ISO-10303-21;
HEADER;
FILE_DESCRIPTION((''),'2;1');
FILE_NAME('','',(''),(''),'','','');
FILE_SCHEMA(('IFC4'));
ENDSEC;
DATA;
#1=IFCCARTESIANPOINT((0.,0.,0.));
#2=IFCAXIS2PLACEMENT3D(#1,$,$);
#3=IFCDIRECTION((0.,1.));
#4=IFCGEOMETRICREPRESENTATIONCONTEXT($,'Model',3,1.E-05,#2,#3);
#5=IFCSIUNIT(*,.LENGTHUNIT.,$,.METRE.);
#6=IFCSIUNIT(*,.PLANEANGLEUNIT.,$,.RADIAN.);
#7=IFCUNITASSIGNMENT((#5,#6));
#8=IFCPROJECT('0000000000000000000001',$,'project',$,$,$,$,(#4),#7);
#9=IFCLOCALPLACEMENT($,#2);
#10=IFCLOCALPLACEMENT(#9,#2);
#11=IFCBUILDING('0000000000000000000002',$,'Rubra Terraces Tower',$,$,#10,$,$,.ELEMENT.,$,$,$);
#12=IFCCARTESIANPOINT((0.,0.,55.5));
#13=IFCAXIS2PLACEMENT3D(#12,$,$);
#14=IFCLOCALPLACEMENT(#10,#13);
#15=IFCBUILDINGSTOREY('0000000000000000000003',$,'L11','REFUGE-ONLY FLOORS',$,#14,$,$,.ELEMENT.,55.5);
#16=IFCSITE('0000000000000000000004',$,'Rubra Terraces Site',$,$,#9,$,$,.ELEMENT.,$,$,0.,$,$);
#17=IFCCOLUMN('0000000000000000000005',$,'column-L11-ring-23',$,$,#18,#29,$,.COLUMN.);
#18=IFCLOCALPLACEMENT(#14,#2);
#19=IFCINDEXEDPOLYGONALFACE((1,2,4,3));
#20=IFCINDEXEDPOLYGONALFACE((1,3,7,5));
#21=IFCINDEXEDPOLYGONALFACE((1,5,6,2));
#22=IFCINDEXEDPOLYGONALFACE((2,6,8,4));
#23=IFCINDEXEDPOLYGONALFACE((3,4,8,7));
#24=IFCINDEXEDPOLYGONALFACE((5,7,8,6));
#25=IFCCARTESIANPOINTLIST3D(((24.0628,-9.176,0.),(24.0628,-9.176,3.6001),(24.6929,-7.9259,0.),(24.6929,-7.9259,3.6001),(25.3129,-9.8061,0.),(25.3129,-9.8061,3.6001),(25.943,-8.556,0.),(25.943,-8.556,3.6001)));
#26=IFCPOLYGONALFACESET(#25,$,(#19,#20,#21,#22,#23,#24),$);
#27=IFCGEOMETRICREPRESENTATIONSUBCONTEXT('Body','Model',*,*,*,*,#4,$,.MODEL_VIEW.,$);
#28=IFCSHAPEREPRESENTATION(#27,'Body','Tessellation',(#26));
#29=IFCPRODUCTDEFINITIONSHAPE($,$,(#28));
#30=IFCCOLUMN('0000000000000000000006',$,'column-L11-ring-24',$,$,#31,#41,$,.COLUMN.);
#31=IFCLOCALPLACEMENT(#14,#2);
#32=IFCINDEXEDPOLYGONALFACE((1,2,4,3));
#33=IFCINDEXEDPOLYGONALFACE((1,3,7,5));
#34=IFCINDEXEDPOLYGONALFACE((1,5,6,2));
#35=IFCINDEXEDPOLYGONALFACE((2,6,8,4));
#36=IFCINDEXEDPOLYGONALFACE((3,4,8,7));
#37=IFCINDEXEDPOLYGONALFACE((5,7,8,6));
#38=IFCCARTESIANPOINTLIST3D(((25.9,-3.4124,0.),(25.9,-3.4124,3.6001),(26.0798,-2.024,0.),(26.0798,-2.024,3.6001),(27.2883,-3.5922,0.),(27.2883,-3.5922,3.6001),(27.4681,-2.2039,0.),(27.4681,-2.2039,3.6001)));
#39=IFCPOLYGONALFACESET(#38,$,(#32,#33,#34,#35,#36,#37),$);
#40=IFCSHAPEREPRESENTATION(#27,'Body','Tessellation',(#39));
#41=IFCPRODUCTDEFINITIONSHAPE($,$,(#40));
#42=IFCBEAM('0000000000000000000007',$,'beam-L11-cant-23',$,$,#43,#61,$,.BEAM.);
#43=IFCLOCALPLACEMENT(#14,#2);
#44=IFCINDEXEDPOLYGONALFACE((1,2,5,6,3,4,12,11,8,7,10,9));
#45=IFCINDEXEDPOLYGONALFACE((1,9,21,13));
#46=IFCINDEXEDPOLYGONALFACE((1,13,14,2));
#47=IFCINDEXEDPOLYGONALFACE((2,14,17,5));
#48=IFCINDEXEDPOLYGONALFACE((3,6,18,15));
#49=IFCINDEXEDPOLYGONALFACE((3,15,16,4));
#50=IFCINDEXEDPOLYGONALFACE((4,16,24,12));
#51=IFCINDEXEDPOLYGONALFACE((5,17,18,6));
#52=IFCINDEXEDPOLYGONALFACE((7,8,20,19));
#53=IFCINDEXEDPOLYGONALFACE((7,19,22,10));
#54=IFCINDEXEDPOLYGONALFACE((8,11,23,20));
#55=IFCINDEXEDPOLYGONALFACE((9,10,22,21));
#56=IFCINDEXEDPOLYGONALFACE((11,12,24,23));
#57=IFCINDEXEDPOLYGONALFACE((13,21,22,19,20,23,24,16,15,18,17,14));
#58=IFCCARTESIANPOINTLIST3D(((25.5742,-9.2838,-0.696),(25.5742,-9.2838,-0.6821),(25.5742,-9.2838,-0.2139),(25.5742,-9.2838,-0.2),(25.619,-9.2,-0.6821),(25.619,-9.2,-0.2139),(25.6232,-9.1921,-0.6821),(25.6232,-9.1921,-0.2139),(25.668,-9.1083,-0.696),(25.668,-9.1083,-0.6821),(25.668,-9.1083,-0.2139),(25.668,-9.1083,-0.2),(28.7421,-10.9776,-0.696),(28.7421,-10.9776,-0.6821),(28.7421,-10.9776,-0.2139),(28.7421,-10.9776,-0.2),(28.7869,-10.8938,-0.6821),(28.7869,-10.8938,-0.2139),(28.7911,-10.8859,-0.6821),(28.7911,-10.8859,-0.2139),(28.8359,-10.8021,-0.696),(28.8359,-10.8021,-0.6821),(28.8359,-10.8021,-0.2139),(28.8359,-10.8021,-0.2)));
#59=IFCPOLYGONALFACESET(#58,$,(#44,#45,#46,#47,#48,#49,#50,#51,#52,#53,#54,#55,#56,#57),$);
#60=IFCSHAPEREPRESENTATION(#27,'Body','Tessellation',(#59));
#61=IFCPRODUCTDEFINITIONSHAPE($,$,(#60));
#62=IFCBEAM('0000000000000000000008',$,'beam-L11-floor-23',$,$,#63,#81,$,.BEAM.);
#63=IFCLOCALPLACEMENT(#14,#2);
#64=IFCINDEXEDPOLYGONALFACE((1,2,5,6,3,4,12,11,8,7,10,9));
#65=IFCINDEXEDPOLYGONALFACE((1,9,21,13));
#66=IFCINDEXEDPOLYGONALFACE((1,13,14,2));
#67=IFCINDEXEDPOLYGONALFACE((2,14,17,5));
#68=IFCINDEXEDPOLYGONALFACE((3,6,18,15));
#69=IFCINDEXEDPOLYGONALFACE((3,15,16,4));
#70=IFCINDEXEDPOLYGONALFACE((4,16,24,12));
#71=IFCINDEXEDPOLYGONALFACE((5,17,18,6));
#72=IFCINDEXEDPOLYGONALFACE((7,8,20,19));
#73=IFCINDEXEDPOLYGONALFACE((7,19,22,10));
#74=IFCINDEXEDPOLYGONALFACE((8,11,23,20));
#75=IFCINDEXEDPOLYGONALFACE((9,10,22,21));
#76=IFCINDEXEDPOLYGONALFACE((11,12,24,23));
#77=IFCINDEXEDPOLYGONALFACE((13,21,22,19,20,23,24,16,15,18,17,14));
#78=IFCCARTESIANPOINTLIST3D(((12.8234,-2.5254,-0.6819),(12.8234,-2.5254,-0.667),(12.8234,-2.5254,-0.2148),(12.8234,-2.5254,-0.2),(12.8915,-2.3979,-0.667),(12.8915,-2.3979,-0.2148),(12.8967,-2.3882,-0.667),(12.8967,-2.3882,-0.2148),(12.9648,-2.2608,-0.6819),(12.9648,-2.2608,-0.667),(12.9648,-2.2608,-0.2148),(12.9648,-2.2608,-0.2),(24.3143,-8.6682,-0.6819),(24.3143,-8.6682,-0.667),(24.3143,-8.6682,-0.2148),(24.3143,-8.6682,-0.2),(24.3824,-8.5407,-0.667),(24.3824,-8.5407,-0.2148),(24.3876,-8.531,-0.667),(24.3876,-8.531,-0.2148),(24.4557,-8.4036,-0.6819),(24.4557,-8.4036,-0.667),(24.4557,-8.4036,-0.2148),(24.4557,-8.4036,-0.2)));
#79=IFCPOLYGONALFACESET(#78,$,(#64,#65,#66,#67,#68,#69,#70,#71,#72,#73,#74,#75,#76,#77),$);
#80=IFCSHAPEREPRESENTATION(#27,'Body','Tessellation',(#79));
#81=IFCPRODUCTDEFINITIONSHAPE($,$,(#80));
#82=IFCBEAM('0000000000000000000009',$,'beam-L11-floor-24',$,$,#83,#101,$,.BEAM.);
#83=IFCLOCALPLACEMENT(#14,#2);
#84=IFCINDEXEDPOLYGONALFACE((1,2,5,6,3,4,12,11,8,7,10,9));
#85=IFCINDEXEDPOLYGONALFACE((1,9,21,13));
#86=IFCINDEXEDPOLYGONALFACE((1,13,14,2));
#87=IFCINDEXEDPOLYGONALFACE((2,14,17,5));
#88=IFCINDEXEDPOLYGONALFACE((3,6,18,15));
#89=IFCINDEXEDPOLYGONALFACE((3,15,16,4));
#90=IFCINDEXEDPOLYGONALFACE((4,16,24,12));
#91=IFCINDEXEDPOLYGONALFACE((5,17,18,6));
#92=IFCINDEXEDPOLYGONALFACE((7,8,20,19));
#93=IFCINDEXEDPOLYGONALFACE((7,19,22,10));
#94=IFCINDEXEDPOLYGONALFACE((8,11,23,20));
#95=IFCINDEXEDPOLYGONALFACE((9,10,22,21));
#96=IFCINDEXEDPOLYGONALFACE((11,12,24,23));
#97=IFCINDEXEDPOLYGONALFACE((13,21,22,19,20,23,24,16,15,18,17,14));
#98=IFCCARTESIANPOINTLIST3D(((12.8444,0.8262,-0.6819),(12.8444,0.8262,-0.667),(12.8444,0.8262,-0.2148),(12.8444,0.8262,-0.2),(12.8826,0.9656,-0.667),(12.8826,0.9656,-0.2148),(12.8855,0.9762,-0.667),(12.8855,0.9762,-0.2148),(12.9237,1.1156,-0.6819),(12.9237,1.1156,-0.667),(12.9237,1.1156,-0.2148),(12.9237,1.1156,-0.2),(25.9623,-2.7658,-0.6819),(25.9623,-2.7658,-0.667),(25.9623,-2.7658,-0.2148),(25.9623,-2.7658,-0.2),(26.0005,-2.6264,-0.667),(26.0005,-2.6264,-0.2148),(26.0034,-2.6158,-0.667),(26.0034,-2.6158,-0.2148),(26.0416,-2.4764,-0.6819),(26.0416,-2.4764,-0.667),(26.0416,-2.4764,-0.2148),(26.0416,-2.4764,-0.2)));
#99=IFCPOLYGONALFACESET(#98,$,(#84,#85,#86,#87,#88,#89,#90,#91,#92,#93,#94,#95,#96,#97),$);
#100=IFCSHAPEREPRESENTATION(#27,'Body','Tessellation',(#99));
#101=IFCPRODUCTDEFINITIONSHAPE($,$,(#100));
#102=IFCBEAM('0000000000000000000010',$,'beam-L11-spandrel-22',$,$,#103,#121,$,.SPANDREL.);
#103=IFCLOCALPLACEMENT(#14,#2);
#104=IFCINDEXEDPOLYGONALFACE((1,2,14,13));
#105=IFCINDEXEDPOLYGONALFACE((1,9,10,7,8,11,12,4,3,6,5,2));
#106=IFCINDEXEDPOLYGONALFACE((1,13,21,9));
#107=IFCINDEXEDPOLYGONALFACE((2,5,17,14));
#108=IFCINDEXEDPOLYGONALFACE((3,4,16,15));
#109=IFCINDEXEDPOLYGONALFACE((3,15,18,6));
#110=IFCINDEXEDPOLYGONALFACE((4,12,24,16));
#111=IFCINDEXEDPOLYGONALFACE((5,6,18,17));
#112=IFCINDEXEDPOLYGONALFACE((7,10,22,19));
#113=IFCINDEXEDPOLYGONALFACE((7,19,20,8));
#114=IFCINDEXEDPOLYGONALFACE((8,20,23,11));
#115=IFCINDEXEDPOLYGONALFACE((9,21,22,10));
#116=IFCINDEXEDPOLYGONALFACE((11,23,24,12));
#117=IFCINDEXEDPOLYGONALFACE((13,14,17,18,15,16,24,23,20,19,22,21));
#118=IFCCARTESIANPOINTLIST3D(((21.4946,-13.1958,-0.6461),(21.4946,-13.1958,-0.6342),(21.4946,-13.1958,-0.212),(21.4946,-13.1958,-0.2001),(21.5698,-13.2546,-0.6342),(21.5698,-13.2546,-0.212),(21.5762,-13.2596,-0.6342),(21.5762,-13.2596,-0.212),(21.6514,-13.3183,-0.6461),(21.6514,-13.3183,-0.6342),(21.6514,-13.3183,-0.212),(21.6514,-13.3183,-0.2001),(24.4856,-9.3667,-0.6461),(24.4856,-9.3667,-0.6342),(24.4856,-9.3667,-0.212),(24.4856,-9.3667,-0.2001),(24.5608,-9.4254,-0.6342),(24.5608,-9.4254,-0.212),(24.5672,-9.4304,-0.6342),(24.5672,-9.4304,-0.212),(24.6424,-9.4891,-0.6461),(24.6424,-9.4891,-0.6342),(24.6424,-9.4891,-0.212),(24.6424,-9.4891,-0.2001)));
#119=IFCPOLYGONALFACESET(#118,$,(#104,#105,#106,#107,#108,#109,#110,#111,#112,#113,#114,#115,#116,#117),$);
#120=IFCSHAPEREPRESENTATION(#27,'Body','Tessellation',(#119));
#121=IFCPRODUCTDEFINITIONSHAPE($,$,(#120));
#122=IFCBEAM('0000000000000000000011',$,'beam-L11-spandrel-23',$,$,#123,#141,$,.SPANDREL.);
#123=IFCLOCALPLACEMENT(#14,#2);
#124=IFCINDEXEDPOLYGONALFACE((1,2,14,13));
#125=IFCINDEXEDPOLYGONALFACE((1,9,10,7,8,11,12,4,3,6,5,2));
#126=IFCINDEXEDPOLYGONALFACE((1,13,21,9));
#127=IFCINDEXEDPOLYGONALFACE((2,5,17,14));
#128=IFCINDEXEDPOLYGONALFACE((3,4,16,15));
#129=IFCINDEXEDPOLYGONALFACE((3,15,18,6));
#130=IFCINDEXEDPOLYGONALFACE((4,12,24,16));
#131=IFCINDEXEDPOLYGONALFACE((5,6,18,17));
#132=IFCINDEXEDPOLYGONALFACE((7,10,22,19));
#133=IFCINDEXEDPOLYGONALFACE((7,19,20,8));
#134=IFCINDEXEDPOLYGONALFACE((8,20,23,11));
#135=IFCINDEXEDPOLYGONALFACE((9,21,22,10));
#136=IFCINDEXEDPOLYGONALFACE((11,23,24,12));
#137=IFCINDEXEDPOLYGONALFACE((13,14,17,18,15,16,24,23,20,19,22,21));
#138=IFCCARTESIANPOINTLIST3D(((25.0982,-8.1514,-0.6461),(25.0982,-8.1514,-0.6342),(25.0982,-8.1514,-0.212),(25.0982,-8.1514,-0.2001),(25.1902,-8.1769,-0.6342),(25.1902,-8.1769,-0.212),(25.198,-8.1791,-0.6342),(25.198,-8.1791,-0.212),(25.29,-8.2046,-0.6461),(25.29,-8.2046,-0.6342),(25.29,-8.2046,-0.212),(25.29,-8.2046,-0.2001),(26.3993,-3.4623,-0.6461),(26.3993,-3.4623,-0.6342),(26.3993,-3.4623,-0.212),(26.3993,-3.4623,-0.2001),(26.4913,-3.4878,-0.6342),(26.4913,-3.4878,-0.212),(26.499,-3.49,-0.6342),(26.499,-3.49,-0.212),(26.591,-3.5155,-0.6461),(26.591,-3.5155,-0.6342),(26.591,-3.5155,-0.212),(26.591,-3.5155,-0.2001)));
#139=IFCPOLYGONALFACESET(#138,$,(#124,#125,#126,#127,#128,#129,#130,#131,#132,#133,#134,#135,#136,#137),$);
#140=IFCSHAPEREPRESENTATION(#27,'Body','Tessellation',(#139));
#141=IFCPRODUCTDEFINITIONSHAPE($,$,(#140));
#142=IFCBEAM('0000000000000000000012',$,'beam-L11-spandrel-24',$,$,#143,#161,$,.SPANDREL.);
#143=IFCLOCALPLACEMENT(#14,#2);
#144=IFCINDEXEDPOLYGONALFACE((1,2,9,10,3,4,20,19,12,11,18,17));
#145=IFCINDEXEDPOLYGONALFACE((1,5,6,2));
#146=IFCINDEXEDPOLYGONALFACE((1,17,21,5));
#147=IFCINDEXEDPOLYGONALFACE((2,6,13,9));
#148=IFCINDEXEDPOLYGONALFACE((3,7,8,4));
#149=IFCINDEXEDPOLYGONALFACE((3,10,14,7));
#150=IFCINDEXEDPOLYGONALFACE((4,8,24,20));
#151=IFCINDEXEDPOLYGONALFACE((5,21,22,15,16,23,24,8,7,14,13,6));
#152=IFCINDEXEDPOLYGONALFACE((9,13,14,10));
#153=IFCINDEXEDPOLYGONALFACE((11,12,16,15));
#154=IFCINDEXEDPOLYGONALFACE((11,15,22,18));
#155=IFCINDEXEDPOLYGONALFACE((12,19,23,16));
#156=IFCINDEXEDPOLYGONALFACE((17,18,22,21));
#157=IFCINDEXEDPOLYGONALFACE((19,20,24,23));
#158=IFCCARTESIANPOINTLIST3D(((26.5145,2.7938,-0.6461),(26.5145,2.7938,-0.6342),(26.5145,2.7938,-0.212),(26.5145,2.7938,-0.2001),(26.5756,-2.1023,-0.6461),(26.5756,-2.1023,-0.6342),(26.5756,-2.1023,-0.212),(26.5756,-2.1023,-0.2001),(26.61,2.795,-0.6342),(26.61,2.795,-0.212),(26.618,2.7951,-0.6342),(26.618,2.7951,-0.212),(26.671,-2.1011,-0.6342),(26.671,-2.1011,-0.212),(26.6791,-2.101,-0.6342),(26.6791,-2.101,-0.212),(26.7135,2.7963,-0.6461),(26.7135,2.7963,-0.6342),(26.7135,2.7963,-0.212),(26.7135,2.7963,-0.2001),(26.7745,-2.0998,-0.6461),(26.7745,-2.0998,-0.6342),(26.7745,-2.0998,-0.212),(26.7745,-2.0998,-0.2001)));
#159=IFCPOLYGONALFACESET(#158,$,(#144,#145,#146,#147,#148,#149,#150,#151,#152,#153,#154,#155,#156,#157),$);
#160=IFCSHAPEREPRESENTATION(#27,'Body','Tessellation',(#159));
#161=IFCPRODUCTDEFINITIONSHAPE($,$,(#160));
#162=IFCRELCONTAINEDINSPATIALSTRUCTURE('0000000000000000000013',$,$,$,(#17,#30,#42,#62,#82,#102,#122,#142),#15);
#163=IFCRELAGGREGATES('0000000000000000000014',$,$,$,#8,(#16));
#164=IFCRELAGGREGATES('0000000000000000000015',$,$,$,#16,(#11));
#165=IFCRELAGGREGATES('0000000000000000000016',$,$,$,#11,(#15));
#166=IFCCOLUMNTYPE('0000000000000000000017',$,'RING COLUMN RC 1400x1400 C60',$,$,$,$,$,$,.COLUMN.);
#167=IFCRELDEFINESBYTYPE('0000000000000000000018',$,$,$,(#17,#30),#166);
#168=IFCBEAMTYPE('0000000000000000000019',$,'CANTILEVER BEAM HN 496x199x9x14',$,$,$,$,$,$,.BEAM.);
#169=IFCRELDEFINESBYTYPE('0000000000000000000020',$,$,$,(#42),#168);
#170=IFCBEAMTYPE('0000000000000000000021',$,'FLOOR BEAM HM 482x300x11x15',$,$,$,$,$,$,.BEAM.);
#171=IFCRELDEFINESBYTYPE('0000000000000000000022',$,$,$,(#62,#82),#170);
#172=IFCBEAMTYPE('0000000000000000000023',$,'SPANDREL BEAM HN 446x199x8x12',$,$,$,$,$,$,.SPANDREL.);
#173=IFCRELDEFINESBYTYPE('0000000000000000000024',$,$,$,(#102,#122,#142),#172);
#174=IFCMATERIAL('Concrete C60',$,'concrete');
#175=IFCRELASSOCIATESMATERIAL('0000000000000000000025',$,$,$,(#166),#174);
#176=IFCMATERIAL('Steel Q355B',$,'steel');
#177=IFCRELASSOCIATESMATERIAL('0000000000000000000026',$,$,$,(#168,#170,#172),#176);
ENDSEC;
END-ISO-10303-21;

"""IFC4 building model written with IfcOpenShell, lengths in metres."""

from ifc_helpers import new_model, si_unit, direction, frame, origin, origin_2d, place, context, subcontext, project, spatial, rectangle, i_section, extrude, material, material_profile, profile_set, type_object, element, save


model = new_model("IFC4")

# Units and contexts
model_context = context("Model", 3, precision=1e-05, world=origin(), true_north=direction((0.0, 1.0)))
body_context = subcontext(model_context, "Body", "Model", "MODEL_VIEW")
ifc_project = project(units=[si_unit("LENGTHUNIT", "METRE"), si_unit("PLANEANGLEUNIT", "RADIAN")], contexts=[model_context])

# Site, building, storey
site_placement = place(None, origin())
site = spatial("IfcSite", under=ifc_project, at=site_placement, Name="Rubra Terraces Site", CompositionType="ELEMENT", RefElevation=0.0)
building_placement = place(site_placement, origin())
building = spatial("IfcBuilding", under=site, at=building_placement, Name="Rubra Terraces Tower", CompositionType="ELEMENT")
storey_placement = place(building_placement, frame((0.0, 0.0, 55.5)))
storey = spatial("IfcBuildingStorey", under=building, at=storey_placement, Name="L11", Description="REFUGE-ONLY FLOORS", CompositionType="ELEMENT", Elevation=55.5)

# Columns
ifc_material_1 = material(Name="Concrete C60", Category="concrete")
ifc_material_profile_1 = material_profile(ifc_material_1, rectangle(XDim=1.3999, YDim=1.3999, at=origin_2d()), Name="RC 1400x1400")
ifc_profile_set_1 = profile_set([ifc_material_profile_1], Name="Concrete C60")
column_type = type_object("IfcColumnType", Name="RING COLUMN RC 1400x1400 C60", PredefinedType="COLUMN", material=ifc_profile_set_1)
for number, where, z_axis, x_axis, name in (
    (1, (25.0029, -8.866, 0.0), (0.0, 0.0, 1.0), (0.450099, 0.892979, 0.0), "column-L11-ring-23"),
    (2, (26.6841, -2.8081, 0.0), (0.0, 0.0, 1.0), (0.128445, 0.991717, 0.0), "column-L11-ring-24"),
):
    element("IfcColumn", number, at=place(storey_placement, frame(where, z_axis=z_axis, x_axis=x_axis)), inside=storey, type_object=column_type, Name=name, PredefinedType="COLUMN", context=body_context, shape_type="SweptSolid", body=[
        extrude(rectangle(XDim=1.3999, YDim=1.3999, at=origin_2d()), origin(), (0.0, 0.0, 1.0), 3.6001),
    ])

# Beams
ifc_material_2 = material(Name="Steel Q355B", Category="steel")
ifc_material_profile_2 = material_profile(ifc_material_2, i_section(OverallWidth=0.199, OverallDepth=0.4961, WebThickness=0.009, FlangeThickness=0.0139, at=origin_2d()), Name="HN 496x199x9x14")
ifc_profile_set_2 = profile_set([ifc_material_profile_2], Name="Steel Q355B")
beam_type_1 = type_object("IfcBeamType", Name="CANTILEVER BEAM HN 496x199x9x14", PredefinedType="BEAM", material=ifc_profile_set_2)
beam_1_placement = place(storey_placement, frame((25.6211, -9.196, -0.448), z_axis=(0.88186, -0.471512, 0.0), x_axis=(0.471512, 0.88186, 0.0)))
element("IfcBeam", 3, at=beam_1_placement, inside=storey, type_object=beam_type_1, Name="beam-L11-cant-23", PredefinedType="BEAM", context=body_context, shape_type="SweptSolid", body=[
    extrude(i_section(OverallWidth=0.199, OverallDepth=0.4961, WebThickness=0.009, FlangeThickness=0.0139, at=origin_2d()), origin(), (0.0, 0.0, 1.0), 3.5923),
])
ifc_material_profile_3 = material_profile(ifc_material_2, i_section(OverallWidth=0.3, OverallDepth=0.4819, WebThickness=0.011, FlangeThickness=0.0149, at=origin_2d()), Name="HM 482x300x11x15")
ifc_profile_set_3 = profile_set([ifc_material_profile_3], Name="Steel Q355B")
beam_type_2 = type_object("IfcBeamType", Name="FLOOR BEAM HM 482x300x11x15", PredefinedType="BEAM", material=ifc_profile_set_3)
beam_2_placement = place(storey_placement, frame((24.385, -8.5359, -0.4409), z_axis=(-0.881897, 0.471443, 0.0), x_axis=(-0.471443, -0.881897, 0.0)))
element("IfcBeam", 4, at=beam_2_placement, inside=storey, type_object=beam_type_2, Name="beam-L11-floor-23", PredefinedType="BEAM", context=body_context, shape_type="SweptSolid", body=[
    extrude(i_section(OverallWidth=0.3, OverallDepth=0.4819, WebThickness=0.011, FlangeThickness=0.0149, at=origin_2d()), origin(), (0.0, 0.0, 1.0), 13.0298),
])
beam_3_placement = place(storey_placement, frame((26.002, -2.6211, -0.4409), z_axis=(-0.964494, 0.264105, 0.0), x_axis=(-0.264105, -0.964494, 0.0)))
element("IfcBeam", 5, at=beam_3_placement, inside=storey, type_object=beam_type_2, Name="beam-L11-floor-24", PredefinedType="BEAM", context=body_context, shape_type="SweptSolid", body=[
    extrude(i_section(OverallWidth=0.3, OverallDepth=0.4819, WebThickness=0.011, FlangeThickness=0.0149, at=origin_2d()), origin(), (0.0, 0.0, 1.0), 13.6008),
])
ifc_material_profile_4 = material_profile(ifc_material_2, i_section(OverallWidth=0.199, OverallDepth=0.446, WebThickness=0.0081, FlangeThickness=0.012, at=origin_2d()), Name="HN 446x199x8x12")
ifc_profile_set_4 = profile_set([ifc_material_profile_4], Name="Steel Q355B")
beam_type_3 = type_object("IfcBeamType", Name="SPANDREL BEAM HN 446x199x8x12", PredefinedType="SPANDREL", material=ifc_profile_set_4)
beam_4_placement = place(storey_placement, frame((21.573, -13.2571, -0.4231), z_axis=(0.615578, 0.788076, 0.0), x_axis=(-0.788076, 0.615578, 0.0)))
element("IfcBeam", 6, at=beam_4_placement, inside=storey, type_object=beam_type_3, Name="beam-L11-spandrel-22", PredefinedType="SPANDREL", context=body_context, shape_type="SweptSolid", body=[
    extrude(i_section(OverallWidth=0.199, OverallDepth=0.446, WebThickness=0.0081, FlangeThickness=0.012, at=origin_2d()), origin(), (0.0, 0.0, 1.0), 4.8589),
])
beam_5_placement = place(storey_placement, frame((25.1941, -8.178, -0.4231), z_axis=(0.267364, 0.963595, 0.0), x_axis=(-0.963595, 0.267364, 0.0)))
element("IfcBeam", 7, at=beam_5_placement, inside=storey, type_object=beam_type_3, Name="beam-L11-spandrel-23", PredefinedType="SPANDREL", context=body_context, shape_type="SweptSolid", body=[
    extrude(i_section(OverallWidth=0.199, OverallDepth=0.446, WebThickness=0.0081, FlangeThickness=0.012, at=origin_2d()), origin(), (0.0, 0.0, 1.0), 4.8662),
])
beam_6_placement = place(storey_placement, frame((26.675, -2.1011, -0.4231), z_axis=(-0.012465, 0.999922, 0.0), x_axis=(-0.999922, -0.012465, 0.0)))
element("IfcBeam", 8, at=beam_6_placement, inside=storey, type_object=beam_type_3, Name="beam-L11-spandrel-24", PredefinedType="SPANDREL", context=body_context, shape_type="SweptSolid", body=[
    extrude(i_section(OverallWidth=0.199, OverallDepth=0.446, WebThickness=0.0081, FlangeThickness=0.012, at=origin_2d()), origin(), (0.0, 0.0, 1.0), 4.8965),
])

save(model, "model.ifc")
